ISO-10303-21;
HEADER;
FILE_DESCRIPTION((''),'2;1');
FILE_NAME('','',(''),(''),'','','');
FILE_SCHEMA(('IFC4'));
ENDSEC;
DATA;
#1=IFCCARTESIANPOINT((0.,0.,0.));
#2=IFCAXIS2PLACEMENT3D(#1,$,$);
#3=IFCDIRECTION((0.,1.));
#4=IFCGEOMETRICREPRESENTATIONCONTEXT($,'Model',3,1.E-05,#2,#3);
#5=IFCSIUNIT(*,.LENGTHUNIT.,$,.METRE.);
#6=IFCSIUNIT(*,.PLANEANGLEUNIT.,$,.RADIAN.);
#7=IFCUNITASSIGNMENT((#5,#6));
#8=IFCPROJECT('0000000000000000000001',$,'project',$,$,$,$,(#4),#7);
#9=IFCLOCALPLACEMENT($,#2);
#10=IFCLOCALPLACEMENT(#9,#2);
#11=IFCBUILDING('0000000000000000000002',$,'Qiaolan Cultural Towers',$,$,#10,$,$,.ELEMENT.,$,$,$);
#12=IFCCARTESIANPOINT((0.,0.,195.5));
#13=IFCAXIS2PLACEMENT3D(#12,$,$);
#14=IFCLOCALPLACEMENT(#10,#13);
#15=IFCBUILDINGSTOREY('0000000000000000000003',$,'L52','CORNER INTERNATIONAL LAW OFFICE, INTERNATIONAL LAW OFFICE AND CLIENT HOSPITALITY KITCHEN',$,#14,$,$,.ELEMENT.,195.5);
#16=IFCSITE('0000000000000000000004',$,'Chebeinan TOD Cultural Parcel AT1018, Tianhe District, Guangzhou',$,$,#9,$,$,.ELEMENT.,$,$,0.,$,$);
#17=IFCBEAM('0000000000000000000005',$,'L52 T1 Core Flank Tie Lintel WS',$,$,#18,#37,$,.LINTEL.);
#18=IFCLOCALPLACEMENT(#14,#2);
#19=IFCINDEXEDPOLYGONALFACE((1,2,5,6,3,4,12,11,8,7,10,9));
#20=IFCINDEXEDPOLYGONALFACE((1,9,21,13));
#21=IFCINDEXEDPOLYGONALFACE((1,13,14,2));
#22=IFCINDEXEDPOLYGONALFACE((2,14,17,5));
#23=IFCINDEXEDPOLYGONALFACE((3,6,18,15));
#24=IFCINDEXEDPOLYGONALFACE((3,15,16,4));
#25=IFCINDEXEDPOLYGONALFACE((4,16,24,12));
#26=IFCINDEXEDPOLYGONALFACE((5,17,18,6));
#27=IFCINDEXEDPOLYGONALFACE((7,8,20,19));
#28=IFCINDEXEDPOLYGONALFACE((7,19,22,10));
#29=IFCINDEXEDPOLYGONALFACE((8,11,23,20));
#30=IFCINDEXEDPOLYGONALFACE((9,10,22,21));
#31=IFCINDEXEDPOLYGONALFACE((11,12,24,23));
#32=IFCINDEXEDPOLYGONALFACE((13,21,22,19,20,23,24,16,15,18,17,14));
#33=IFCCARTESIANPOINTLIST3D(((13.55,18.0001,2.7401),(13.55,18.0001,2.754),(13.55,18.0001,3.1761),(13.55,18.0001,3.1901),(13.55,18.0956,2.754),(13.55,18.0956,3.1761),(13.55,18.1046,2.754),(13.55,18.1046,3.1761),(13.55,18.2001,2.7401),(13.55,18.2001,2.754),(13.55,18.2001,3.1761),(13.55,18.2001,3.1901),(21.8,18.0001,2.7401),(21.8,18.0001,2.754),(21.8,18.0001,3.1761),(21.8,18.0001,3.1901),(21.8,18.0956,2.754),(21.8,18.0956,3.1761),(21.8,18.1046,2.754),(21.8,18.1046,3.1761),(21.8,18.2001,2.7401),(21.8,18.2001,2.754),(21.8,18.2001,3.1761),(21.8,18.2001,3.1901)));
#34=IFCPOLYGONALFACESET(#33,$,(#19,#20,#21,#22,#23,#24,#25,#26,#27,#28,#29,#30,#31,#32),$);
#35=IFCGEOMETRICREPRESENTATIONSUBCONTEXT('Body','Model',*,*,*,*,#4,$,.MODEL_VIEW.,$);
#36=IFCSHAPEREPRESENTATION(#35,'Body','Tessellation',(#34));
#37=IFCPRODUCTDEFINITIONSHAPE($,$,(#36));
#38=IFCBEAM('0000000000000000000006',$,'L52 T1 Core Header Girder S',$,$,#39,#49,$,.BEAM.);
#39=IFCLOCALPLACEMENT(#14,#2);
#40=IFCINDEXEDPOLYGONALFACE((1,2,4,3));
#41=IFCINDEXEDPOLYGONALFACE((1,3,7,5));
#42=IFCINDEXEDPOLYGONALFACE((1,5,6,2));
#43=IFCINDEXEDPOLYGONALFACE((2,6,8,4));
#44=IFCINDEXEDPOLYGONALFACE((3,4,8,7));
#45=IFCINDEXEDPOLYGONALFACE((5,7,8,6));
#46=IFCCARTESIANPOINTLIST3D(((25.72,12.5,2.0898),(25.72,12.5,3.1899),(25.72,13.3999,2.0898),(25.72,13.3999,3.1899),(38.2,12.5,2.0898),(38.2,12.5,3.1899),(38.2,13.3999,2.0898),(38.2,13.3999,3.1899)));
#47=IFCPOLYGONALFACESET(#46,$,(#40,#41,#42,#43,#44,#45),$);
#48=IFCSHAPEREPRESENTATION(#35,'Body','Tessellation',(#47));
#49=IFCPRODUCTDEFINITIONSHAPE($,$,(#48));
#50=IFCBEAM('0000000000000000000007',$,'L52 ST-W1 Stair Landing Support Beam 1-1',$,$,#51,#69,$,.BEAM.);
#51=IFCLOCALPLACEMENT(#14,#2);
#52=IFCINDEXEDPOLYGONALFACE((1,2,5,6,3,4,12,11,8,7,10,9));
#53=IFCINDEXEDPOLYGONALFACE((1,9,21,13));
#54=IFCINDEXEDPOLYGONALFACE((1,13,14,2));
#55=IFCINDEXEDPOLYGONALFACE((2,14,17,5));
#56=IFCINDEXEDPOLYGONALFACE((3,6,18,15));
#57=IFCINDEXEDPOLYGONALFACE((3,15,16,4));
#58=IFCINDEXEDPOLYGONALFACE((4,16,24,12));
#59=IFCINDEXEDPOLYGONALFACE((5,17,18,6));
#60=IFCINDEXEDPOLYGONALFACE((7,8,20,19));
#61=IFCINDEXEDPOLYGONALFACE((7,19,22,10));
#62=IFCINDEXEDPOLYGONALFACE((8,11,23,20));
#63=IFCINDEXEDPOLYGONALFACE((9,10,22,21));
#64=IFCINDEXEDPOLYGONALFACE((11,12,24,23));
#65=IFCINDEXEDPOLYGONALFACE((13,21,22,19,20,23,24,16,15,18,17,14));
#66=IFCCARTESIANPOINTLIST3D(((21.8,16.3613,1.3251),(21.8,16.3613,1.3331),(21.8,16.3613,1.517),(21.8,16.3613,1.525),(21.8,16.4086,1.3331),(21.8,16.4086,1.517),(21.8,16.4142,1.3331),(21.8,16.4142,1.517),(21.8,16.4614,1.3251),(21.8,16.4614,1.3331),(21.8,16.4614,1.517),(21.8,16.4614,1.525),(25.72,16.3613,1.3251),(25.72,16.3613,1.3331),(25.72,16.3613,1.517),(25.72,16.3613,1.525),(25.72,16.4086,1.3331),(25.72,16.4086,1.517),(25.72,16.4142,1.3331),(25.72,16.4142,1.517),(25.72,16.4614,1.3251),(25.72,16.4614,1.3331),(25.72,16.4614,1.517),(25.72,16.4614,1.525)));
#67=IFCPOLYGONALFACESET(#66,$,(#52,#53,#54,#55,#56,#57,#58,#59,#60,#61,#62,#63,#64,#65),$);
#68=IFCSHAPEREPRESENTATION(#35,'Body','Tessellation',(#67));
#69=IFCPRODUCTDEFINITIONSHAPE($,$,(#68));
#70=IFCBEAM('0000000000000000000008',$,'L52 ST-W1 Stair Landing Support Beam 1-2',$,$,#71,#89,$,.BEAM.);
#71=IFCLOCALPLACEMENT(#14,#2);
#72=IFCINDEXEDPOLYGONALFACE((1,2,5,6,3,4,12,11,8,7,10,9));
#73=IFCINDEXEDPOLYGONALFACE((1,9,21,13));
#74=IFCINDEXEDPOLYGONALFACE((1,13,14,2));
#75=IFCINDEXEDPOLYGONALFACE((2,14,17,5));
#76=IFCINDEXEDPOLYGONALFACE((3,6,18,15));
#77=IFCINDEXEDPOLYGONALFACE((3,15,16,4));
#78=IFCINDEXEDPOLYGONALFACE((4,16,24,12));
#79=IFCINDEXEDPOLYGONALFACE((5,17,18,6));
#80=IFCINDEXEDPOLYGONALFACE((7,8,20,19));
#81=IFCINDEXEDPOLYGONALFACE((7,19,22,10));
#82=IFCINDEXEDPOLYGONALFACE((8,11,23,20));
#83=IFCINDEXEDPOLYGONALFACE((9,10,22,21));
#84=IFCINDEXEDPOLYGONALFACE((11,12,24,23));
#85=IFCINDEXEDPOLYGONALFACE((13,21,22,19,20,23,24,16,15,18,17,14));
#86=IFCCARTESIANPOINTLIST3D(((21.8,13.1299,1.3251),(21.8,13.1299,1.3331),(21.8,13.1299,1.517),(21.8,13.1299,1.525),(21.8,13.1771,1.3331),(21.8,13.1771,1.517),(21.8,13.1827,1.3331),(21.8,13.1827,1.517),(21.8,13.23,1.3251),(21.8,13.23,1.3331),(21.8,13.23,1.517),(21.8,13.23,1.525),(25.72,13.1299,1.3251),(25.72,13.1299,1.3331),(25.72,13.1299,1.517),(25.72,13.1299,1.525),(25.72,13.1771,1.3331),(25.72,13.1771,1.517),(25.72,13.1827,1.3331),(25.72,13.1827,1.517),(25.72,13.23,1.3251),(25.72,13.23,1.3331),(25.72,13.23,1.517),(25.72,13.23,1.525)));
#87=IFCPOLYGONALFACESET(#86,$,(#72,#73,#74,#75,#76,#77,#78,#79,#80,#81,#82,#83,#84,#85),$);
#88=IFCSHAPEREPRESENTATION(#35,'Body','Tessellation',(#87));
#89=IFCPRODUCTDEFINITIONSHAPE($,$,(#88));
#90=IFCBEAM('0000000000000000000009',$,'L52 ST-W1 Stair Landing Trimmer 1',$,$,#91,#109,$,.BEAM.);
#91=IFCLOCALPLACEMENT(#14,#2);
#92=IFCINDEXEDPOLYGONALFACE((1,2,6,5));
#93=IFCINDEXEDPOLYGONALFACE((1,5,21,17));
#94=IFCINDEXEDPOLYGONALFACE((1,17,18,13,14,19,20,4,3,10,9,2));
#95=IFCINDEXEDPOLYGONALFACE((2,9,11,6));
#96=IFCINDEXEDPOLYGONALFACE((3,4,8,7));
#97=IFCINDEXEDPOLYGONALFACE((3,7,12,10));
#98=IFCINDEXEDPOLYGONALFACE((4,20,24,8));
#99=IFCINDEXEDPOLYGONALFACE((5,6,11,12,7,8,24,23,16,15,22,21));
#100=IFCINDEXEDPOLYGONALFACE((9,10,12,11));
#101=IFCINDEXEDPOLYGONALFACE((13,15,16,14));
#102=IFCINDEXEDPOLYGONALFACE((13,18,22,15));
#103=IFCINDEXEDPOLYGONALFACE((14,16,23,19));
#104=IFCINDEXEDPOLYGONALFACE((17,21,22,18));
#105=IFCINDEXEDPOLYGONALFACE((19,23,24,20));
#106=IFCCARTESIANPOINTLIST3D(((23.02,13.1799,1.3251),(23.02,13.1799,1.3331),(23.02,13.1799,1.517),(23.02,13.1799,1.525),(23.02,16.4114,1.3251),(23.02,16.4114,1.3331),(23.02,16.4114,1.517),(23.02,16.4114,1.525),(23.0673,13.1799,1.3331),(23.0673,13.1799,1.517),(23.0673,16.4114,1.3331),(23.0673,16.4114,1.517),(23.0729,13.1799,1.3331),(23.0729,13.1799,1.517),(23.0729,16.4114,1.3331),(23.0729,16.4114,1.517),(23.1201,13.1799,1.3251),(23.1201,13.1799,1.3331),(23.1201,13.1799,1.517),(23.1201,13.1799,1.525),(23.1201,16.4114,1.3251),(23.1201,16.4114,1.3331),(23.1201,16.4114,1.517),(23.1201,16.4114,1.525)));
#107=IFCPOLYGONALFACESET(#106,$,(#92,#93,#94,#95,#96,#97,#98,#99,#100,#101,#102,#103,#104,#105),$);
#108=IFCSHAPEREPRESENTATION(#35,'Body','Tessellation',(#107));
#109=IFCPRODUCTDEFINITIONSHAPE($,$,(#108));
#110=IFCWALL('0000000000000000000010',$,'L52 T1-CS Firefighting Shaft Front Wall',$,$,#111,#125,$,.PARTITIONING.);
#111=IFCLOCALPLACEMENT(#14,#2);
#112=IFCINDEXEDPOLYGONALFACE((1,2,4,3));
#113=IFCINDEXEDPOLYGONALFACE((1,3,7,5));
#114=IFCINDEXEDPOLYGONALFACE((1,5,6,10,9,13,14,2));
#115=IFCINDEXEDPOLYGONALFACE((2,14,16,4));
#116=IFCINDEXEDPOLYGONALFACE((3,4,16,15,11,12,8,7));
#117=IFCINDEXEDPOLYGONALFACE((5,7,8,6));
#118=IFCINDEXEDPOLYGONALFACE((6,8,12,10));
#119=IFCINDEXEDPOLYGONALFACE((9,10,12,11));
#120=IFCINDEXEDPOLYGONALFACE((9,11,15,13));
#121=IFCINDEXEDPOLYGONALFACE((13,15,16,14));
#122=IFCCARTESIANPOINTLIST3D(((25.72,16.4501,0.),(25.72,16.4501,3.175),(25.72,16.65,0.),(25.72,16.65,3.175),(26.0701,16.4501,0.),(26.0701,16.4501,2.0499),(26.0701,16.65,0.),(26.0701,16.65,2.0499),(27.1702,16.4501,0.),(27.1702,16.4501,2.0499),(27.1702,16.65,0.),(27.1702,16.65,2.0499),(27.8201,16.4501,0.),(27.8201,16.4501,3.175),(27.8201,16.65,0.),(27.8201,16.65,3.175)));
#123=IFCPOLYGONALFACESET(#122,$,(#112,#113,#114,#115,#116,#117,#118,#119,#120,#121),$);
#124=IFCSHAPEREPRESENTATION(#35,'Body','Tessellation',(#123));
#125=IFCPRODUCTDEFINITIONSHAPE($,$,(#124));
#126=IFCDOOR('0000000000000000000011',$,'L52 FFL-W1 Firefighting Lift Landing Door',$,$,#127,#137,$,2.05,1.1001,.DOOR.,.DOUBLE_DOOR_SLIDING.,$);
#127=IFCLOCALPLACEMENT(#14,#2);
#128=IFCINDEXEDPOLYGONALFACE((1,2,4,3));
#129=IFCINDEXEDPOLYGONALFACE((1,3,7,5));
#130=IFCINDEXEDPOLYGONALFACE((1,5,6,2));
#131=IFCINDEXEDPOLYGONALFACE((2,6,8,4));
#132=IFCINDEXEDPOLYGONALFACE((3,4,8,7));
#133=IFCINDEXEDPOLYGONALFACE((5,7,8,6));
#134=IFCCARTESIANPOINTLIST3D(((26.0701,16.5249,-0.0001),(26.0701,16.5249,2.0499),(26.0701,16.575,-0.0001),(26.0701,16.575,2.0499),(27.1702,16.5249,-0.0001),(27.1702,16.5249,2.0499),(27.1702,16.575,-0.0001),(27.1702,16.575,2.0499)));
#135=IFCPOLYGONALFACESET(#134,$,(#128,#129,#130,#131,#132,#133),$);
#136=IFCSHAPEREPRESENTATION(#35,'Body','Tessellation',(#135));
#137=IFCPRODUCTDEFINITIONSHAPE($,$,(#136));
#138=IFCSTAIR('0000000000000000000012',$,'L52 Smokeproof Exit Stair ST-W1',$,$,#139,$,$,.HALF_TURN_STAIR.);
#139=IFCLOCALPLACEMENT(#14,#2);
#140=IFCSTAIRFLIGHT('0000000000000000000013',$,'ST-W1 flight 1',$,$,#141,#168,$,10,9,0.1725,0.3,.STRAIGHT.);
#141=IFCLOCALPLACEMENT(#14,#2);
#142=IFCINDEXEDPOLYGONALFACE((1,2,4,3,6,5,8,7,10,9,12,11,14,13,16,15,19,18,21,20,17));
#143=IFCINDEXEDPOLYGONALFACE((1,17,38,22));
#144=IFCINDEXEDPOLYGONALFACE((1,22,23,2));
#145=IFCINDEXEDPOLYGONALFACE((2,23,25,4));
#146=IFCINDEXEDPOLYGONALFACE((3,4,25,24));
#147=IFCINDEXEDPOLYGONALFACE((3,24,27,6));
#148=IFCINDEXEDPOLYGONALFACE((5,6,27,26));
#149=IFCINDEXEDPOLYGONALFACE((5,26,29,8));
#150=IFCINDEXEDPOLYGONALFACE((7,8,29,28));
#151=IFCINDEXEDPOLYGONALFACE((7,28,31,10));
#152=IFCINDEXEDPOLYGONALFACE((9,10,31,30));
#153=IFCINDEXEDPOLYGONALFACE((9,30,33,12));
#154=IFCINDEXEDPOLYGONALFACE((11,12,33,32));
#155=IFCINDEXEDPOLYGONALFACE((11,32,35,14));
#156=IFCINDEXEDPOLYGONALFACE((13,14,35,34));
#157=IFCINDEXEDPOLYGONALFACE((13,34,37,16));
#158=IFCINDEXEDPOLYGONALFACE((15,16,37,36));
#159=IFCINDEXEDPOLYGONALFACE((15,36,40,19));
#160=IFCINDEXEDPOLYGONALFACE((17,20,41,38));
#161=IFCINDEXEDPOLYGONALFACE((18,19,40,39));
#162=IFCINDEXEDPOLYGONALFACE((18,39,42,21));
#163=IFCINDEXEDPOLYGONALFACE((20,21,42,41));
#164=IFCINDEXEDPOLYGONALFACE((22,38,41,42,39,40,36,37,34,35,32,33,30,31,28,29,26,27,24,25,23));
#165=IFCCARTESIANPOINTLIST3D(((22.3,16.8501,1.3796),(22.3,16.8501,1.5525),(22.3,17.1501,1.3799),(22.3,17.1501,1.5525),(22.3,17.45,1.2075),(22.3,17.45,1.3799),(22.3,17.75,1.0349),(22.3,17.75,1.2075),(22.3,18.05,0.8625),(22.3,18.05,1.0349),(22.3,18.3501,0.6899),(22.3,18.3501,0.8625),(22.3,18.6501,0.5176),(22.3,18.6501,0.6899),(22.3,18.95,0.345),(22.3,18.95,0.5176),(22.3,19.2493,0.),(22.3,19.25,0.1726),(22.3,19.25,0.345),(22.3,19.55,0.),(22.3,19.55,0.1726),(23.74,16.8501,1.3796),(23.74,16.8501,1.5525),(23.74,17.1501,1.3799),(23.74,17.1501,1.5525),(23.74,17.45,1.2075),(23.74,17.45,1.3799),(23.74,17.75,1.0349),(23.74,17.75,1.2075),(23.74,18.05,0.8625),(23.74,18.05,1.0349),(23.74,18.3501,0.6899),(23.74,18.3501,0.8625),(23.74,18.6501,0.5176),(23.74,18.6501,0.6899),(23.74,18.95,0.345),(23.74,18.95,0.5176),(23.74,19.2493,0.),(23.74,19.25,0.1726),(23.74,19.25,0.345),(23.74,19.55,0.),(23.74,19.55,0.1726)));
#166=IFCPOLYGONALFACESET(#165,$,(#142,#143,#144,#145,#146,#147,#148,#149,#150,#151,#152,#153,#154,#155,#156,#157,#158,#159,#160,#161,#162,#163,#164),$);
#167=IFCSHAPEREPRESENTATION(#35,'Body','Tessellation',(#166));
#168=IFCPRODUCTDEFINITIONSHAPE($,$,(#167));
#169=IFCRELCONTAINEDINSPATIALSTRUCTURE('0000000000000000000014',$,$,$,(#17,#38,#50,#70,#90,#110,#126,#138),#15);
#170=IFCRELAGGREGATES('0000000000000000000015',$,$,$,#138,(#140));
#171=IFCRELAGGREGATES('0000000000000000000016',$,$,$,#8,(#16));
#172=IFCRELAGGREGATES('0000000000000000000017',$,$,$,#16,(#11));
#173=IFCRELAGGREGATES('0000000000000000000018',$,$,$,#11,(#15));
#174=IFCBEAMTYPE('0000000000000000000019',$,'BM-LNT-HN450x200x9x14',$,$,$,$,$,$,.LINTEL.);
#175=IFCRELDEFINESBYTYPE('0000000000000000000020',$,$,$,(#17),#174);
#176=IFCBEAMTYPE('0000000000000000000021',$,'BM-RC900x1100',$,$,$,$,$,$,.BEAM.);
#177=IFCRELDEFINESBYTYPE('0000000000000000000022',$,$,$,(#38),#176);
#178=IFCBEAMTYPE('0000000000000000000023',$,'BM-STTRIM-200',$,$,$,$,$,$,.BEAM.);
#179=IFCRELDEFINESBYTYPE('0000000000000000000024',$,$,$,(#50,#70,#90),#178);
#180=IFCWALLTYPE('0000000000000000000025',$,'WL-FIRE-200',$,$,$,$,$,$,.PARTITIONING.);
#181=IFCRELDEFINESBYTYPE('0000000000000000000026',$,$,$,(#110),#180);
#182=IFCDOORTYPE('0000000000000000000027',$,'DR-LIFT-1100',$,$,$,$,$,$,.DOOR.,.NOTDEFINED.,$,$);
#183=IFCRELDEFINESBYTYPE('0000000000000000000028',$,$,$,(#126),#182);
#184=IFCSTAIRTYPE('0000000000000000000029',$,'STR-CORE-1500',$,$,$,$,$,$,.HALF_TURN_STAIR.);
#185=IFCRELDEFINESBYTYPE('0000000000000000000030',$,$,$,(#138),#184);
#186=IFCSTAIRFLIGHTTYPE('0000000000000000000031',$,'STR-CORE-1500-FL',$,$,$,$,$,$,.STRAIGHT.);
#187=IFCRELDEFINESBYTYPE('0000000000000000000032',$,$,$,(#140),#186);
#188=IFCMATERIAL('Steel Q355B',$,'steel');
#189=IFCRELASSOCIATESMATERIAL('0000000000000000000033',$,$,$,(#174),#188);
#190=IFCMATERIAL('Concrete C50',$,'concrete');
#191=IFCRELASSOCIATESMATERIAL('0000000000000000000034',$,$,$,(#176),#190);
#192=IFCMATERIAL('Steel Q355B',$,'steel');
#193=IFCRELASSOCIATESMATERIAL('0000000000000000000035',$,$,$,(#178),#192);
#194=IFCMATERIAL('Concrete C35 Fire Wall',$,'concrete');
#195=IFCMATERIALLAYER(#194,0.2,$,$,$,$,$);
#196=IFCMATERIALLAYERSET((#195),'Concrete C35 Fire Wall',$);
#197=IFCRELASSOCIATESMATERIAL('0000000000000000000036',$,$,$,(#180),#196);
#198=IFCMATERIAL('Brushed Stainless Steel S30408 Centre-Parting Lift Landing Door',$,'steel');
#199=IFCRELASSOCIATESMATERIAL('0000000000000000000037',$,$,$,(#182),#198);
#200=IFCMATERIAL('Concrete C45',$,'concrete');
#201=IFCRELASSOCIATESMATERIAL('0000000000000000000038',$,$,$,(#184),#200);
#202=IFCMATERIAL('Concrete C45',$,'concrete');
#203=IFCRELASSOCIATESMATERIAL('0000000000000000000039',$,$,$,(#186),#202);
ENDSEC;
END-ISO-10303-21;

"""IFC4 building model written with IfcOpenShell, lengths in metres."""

from ifc_helpers import new_model, si_unit, direction, frame, frame_2d, origin, origin_2d, place, context, subcontext, project, spatial, polyline, rectangle, i_section, outline, extrude, material, layer, layer_set, material_profile, profile_set, type_object, element, fill, aggregate, save


model = new_model("IFC4")

# Units and contexts
model_context = context("Model", 3, precision=1e-05, world=origin(), true_north=direction((0.0, 1.0)))
body_context = subcontext(model_context, "Body", "Model", "MODEL_VIEW")
ifc_project = project(units=[si_unit("LENGTHUNIT", "METRE"), si_unit("PLANEANGLEUNIT", "RADIAN")], contexts=[model_context])

# Site, building, storey
site_placement = place(None, origin())
site = spatial("IfcSite", under=ifc_project, at=site_placement, Name="Chebeinan TOD Cultural Parcel AT1018, Tianhe District, Guangzhou", CompositionType="ELEMENT", RefElevation=0.0)
building_placement = place(site_placement, origin())
building = spatial("IfcBuilding", under=site, at=building_placement, Name="Qiaolan Cultural Towers", CompositionType="ELEMENT")
storey_placement = place(building_placement, frame((0.0, 0.0, 195.5)))
storey = spatial("IfcBuildingStorey", under=building, at=storey_placement, Name="L52", Description="CORNER INTERNATIONAL LAW OFFICE, INTERNATIONAL LAW OFFICE AND CLIENT HOSPITALITY KITCHEN", CompositionType="ELEMENT", Elevation=195.5)

# Beams
ifc_material_1 = material(Name="Steel Q355B", Category="steel")
ifc_material_profile_1 = material_profile(ifc_material_1, i_section(OverallWidth=0.2, OverallDepth=0.45, WebThickness=0.009, FlangeThickness=0.0139, at=origin_2d()), Name="HN450x200x9x14")
ifc_profile_set_1 = profile_set([ifc_material_profile_1], Name="Steel Q355B")
beam_type_1 = type_object("IfcBeamType", Name="BM-LNT-HN450x200x9x14", PredefinedType="LINTEL", material=ifc_profile_set_1)
beam_1_placement = place(storey_placement, frame((21.8, 18.1001, 2.9651), z_axis=(-1.0, 0.0, 0.0), x_axis=(0.0, -1.0, 0.0)))
element("IfcBeam", 1, at=beam_1_placement, inside=storey, type_object=beam_type_1, Name="L52 T1 Core Flank Tie Lintel WS", PredefinedType="LINTEL", context=body_context, shape_type="SweptSolid", body=[
    extrude(i_section(OverallWidth=0.2, OverallDepth=0.45, WebThickness=0.009, FlangeThickness=0.0139, at=origin_2d()), origin(), (0.0, 0.0, 1.0), 8.25),
])
ifc_material_2 = material(Name="Concrete C50", Category="concrete")
ifc_material_profile_2 = material_profile(ifc_material_2, rectangle(XDim=0.8999, YDim=1.1001, at=origin_2d()), Name="RC900x1100")
ifc_profile_set_2 = profile_set([ifc_material_profile_2], Name="Concrete C50")
beam_type_2 = type_object("IfcBeamType", Name="BM-RC900x1100", PredefinedType="BEAM", material=ifc_profile_set_2)
beam_2_placement = place(storey_placement, frame((25.72, 12.95, 2.6399), z_axis=(1.0, 0.0, 0.0), x_axis=(0.0, 1.0, 0.0)))
element("IfcBeam", 2, at=beam_2_placement, inside=storey, type_object=beam_type_2, Name="L52 T1 Core Header Girder S", PredefinedType="BEAM", context=body_context, shape_type="SweptSolid", body=[
    extrude(rectangle(XDim=0.8999, YDim=1.1001, at=origin_2d()), origin(), (0.0, 0.0, 1.0), 12.48),
])
ifc_material_3 = material(Name="Steel Q355B", Category="steel")
ifc_material_profile_3 = material_profile(ifc_material_3, i_section(OverallWidth=0.1001, OverallDepth=0.2, WebThickness=0.0056, FlangeThickness=0.0081, at=origin_2d()), Name="HN200x100x5.5x8")
ifc_profile_set_3 = profile_set([ifc_material_profile_3], Name="Steel Q355B")
beam_type_3 = type_object("IfcBeamType", Name="BM-STTRIM-200", PredefinedType="BEAM", material=ifc_profile_set_3)
for number, where, z_axis, x_axis, name in (
    (3, (21.8, 16.4114, 1.425), (1.0, 0.0, 0.0), (0.0, 1.0, 0.0), "L52 ST-W1 Stair Landing Support Beam 1-1"),
    (4, (21.8, 13.1799, 1.425), (1.0, 0.0, 0.0), (0.0, 1.0, 0.0), "L52 ST-W1 Stair Landing Support Beam 1-2"),
):
    element("IfcBeam", number, at=place(storey_placement, frame(where, z_axis=z_axis, x_axis=x_axis)), inside=storey, type_object=beam_type_3, Name=name, PredefinedType="BEAM", context=body_context, shape_type="SweptSolid", body=[
        extrude(i_section(OverallWidth=0.1001, OverallDepth=0.2, WebThickness=0.0056, FlangeThickness=0.0081, at=origin_2d()), origin(), (0.0, 0.0, 1.0), 3.9199),
    ])
beam_3_placement = place(storey_placement, frame((23.0701, 16.4114, 1.425), z_axis=(0.0, -1.0, 0.0), x_axis=(1.0, 0.0, 0.0)))
element("IfcBeam", 5, at=beam_3_placement, inside=storey, type_object=beam_type_3, Name="L52 ST-W1 Stair Landing Trimmer 1", PredefinedType="BEAM", context=body_context, shape_type="SweptSolid", body=[
    extrude(i_section(OverallWidth=0.1001, OverallDepth=0.2, WebThickness=0.0056, FlangeThickness=0.0081, at=origin_2d()), origin(), (0.0, 0.0, 1.0), 3.2314),
])

# Wall, opening, door
ifc_material_4 = material(Name="Concrete C35 Fire Wall", Category="concrete")
ifc_layer = layer(ifc_material_4, 0.2)
ifc_layer_set = layer_set([ifc_layer], Name="Concrete C35 Fire Wall")
wall_type = type_object("IfcWallType", Name="WL-FIRE-200", PredefinedType="PARTITIONING", material=ifc_layer_set)
wall_placement = place(storey_placement, frame((25.72, 16.55, 0.0), z_axis=(0.0, 0.0, 1.0), x_axis=(1.0, 0.0, 0.0)))
wall = element("IfcWall", 6, at=wall_placement, inside=storey, type_object=wall_type, Name="L52 T1-CS Firefighting Shaft Front Wall", PredefinedType="PARTITIONING", context=body_context, shape_type="SweptSolid", body=[
    extrude(rectangle(XDim=2.1001, YDim=0.2, at=frame_2d((1.05, 0.0))), origin(), (0.0, 0.0, 1.0), 3.175),
])
opening_placement = place(wall_placement, frame((0.3501, 0.0, 0.0)))
opening = element("IfcOpeningElement", 7, at=opening_placement, cuts=wall, PredefinedType="OPENING", context=body_context, shape_type="SweptSolid", body=[
    extrude(rectangle(XDim=1.1001, YDim=2.05, at=frame_2d((0.55, 1.0249))), frame((0.0, 0.1099, 0.0), z_axis=(0.0, -1.0, 0.0), x_axis=(1.0, 0.0, 0.0)), (0.0, 0.0, 1.0), 0.22),
])
ifc_material_5 = material(Name="Brushed Stainless Steel S30408 Centre-Parting Lift Landing Door", Category="steel")
door_type = type_object("IfcDoorType", Name="DR-LIFT-1100", OperationType="NOTDEFINED", PredefinedType="DOOR", material=ifc_material_5)
door_placement = place(opening_placement, origin())
door = element("IfcDoor", 8, at=door_placement, inside=storey, type_object=door_type, Name="L52 FFL-W1 Firefighting Lift Landing Door", OperationType="DOUBLE_DOOR_SLIDING", OverallHeight=2.05, OverallWidth=1.1001, PredefinedType="DOOR", context=body_context, shape_type="SweptSolid", body=[
    extrude(rectangle(XDim=1.1001, YDim=2.05, at=frame_2d((0.55, 1.0249))), frame((0.0, 0.0249, 0.0), z_axis=(0.0, -1.0, 0.0), x_axis=(1.0, 0.0, 0.0)), (0.0, 0.0, 1.0), 0.05),
])
fill(opening, door)

# Stair, stair flight
ifc_material_6 = material(Name="Concrete C45", Category="concrete")
stair_type = type_object("IfcStairType", Name="STR-CORE-1500", PredefinedType="HALF_TURN_STAIR", material=ifc_material_6)
stair_placement = place(storey_placement, origin())
stair = element("IfcStair", 9, at=stair_placement, inside=storey, type_object=stair_type, Name="L52 Smokeproof Exit Stair ST-W1", PredefinedType="HALF_TURN_STAIR")
ifc_material_7 = material(Name="Concrete C45", Category="concrete")
stair_flight_type = type_object("IfcStairFlightType", Name="STR-CORE-1500-FL", PredefinedType="STRAIGHT", material=ifc_material_7)
stair_flight_1_placement = place(storey_placement, frame((23.02, 19.55, 0.0), z_axis=(0.0, 0.0, 1.0), x_axis=(0.0, -1.0, 0.0)))
stair_flight_1 = element("IfcStairFlight", 10, at=stair_flight_1_placement, type_object=stair_flight_type, Name="ST-W1 flight 1", NumberOfRisers=10, NumberOfTreads=9, PredefinedType="STRAIGHT", RiserHeight=0.1725, TreadLength=0.3, context=body_context, shape_type="SweptSolid", body=[
    extrude(outline(polyline([(0.0, 0.0), (0.0, 0.1726), (0.3, 0.1726), (0.3, 0.345), (0.6001, 0.345), (0.6001, 0.5176), (0.8999, 0.5176), (0.8999, 0.6899), (1.2, 0.6899), (1.2, 0.8625), (1.5, 0.8625), (1.5, 1.0349), (1.8, 1.0349), (1.8, 1.2075), (2.1001, 1.2075), (2.1001, 1.3799), (2.3999, 1.3799), (2.3999, 1.5525), (2.7, 1.5525), (2.7, 1.7251), (2.7, 1.3796), (0.3008, 0.0), (0.0, 0.0)])), frame((0.0, 0.72, 0.0), z_axis=(0.0, -1.0, 0.0), x_axis=(1.0, 0.0, 0.0)), (0.0, 0.0, 1.0), 1.4399),
])
aggregate(stair, [stair_flight_1])

save(model, "model.ifc")
